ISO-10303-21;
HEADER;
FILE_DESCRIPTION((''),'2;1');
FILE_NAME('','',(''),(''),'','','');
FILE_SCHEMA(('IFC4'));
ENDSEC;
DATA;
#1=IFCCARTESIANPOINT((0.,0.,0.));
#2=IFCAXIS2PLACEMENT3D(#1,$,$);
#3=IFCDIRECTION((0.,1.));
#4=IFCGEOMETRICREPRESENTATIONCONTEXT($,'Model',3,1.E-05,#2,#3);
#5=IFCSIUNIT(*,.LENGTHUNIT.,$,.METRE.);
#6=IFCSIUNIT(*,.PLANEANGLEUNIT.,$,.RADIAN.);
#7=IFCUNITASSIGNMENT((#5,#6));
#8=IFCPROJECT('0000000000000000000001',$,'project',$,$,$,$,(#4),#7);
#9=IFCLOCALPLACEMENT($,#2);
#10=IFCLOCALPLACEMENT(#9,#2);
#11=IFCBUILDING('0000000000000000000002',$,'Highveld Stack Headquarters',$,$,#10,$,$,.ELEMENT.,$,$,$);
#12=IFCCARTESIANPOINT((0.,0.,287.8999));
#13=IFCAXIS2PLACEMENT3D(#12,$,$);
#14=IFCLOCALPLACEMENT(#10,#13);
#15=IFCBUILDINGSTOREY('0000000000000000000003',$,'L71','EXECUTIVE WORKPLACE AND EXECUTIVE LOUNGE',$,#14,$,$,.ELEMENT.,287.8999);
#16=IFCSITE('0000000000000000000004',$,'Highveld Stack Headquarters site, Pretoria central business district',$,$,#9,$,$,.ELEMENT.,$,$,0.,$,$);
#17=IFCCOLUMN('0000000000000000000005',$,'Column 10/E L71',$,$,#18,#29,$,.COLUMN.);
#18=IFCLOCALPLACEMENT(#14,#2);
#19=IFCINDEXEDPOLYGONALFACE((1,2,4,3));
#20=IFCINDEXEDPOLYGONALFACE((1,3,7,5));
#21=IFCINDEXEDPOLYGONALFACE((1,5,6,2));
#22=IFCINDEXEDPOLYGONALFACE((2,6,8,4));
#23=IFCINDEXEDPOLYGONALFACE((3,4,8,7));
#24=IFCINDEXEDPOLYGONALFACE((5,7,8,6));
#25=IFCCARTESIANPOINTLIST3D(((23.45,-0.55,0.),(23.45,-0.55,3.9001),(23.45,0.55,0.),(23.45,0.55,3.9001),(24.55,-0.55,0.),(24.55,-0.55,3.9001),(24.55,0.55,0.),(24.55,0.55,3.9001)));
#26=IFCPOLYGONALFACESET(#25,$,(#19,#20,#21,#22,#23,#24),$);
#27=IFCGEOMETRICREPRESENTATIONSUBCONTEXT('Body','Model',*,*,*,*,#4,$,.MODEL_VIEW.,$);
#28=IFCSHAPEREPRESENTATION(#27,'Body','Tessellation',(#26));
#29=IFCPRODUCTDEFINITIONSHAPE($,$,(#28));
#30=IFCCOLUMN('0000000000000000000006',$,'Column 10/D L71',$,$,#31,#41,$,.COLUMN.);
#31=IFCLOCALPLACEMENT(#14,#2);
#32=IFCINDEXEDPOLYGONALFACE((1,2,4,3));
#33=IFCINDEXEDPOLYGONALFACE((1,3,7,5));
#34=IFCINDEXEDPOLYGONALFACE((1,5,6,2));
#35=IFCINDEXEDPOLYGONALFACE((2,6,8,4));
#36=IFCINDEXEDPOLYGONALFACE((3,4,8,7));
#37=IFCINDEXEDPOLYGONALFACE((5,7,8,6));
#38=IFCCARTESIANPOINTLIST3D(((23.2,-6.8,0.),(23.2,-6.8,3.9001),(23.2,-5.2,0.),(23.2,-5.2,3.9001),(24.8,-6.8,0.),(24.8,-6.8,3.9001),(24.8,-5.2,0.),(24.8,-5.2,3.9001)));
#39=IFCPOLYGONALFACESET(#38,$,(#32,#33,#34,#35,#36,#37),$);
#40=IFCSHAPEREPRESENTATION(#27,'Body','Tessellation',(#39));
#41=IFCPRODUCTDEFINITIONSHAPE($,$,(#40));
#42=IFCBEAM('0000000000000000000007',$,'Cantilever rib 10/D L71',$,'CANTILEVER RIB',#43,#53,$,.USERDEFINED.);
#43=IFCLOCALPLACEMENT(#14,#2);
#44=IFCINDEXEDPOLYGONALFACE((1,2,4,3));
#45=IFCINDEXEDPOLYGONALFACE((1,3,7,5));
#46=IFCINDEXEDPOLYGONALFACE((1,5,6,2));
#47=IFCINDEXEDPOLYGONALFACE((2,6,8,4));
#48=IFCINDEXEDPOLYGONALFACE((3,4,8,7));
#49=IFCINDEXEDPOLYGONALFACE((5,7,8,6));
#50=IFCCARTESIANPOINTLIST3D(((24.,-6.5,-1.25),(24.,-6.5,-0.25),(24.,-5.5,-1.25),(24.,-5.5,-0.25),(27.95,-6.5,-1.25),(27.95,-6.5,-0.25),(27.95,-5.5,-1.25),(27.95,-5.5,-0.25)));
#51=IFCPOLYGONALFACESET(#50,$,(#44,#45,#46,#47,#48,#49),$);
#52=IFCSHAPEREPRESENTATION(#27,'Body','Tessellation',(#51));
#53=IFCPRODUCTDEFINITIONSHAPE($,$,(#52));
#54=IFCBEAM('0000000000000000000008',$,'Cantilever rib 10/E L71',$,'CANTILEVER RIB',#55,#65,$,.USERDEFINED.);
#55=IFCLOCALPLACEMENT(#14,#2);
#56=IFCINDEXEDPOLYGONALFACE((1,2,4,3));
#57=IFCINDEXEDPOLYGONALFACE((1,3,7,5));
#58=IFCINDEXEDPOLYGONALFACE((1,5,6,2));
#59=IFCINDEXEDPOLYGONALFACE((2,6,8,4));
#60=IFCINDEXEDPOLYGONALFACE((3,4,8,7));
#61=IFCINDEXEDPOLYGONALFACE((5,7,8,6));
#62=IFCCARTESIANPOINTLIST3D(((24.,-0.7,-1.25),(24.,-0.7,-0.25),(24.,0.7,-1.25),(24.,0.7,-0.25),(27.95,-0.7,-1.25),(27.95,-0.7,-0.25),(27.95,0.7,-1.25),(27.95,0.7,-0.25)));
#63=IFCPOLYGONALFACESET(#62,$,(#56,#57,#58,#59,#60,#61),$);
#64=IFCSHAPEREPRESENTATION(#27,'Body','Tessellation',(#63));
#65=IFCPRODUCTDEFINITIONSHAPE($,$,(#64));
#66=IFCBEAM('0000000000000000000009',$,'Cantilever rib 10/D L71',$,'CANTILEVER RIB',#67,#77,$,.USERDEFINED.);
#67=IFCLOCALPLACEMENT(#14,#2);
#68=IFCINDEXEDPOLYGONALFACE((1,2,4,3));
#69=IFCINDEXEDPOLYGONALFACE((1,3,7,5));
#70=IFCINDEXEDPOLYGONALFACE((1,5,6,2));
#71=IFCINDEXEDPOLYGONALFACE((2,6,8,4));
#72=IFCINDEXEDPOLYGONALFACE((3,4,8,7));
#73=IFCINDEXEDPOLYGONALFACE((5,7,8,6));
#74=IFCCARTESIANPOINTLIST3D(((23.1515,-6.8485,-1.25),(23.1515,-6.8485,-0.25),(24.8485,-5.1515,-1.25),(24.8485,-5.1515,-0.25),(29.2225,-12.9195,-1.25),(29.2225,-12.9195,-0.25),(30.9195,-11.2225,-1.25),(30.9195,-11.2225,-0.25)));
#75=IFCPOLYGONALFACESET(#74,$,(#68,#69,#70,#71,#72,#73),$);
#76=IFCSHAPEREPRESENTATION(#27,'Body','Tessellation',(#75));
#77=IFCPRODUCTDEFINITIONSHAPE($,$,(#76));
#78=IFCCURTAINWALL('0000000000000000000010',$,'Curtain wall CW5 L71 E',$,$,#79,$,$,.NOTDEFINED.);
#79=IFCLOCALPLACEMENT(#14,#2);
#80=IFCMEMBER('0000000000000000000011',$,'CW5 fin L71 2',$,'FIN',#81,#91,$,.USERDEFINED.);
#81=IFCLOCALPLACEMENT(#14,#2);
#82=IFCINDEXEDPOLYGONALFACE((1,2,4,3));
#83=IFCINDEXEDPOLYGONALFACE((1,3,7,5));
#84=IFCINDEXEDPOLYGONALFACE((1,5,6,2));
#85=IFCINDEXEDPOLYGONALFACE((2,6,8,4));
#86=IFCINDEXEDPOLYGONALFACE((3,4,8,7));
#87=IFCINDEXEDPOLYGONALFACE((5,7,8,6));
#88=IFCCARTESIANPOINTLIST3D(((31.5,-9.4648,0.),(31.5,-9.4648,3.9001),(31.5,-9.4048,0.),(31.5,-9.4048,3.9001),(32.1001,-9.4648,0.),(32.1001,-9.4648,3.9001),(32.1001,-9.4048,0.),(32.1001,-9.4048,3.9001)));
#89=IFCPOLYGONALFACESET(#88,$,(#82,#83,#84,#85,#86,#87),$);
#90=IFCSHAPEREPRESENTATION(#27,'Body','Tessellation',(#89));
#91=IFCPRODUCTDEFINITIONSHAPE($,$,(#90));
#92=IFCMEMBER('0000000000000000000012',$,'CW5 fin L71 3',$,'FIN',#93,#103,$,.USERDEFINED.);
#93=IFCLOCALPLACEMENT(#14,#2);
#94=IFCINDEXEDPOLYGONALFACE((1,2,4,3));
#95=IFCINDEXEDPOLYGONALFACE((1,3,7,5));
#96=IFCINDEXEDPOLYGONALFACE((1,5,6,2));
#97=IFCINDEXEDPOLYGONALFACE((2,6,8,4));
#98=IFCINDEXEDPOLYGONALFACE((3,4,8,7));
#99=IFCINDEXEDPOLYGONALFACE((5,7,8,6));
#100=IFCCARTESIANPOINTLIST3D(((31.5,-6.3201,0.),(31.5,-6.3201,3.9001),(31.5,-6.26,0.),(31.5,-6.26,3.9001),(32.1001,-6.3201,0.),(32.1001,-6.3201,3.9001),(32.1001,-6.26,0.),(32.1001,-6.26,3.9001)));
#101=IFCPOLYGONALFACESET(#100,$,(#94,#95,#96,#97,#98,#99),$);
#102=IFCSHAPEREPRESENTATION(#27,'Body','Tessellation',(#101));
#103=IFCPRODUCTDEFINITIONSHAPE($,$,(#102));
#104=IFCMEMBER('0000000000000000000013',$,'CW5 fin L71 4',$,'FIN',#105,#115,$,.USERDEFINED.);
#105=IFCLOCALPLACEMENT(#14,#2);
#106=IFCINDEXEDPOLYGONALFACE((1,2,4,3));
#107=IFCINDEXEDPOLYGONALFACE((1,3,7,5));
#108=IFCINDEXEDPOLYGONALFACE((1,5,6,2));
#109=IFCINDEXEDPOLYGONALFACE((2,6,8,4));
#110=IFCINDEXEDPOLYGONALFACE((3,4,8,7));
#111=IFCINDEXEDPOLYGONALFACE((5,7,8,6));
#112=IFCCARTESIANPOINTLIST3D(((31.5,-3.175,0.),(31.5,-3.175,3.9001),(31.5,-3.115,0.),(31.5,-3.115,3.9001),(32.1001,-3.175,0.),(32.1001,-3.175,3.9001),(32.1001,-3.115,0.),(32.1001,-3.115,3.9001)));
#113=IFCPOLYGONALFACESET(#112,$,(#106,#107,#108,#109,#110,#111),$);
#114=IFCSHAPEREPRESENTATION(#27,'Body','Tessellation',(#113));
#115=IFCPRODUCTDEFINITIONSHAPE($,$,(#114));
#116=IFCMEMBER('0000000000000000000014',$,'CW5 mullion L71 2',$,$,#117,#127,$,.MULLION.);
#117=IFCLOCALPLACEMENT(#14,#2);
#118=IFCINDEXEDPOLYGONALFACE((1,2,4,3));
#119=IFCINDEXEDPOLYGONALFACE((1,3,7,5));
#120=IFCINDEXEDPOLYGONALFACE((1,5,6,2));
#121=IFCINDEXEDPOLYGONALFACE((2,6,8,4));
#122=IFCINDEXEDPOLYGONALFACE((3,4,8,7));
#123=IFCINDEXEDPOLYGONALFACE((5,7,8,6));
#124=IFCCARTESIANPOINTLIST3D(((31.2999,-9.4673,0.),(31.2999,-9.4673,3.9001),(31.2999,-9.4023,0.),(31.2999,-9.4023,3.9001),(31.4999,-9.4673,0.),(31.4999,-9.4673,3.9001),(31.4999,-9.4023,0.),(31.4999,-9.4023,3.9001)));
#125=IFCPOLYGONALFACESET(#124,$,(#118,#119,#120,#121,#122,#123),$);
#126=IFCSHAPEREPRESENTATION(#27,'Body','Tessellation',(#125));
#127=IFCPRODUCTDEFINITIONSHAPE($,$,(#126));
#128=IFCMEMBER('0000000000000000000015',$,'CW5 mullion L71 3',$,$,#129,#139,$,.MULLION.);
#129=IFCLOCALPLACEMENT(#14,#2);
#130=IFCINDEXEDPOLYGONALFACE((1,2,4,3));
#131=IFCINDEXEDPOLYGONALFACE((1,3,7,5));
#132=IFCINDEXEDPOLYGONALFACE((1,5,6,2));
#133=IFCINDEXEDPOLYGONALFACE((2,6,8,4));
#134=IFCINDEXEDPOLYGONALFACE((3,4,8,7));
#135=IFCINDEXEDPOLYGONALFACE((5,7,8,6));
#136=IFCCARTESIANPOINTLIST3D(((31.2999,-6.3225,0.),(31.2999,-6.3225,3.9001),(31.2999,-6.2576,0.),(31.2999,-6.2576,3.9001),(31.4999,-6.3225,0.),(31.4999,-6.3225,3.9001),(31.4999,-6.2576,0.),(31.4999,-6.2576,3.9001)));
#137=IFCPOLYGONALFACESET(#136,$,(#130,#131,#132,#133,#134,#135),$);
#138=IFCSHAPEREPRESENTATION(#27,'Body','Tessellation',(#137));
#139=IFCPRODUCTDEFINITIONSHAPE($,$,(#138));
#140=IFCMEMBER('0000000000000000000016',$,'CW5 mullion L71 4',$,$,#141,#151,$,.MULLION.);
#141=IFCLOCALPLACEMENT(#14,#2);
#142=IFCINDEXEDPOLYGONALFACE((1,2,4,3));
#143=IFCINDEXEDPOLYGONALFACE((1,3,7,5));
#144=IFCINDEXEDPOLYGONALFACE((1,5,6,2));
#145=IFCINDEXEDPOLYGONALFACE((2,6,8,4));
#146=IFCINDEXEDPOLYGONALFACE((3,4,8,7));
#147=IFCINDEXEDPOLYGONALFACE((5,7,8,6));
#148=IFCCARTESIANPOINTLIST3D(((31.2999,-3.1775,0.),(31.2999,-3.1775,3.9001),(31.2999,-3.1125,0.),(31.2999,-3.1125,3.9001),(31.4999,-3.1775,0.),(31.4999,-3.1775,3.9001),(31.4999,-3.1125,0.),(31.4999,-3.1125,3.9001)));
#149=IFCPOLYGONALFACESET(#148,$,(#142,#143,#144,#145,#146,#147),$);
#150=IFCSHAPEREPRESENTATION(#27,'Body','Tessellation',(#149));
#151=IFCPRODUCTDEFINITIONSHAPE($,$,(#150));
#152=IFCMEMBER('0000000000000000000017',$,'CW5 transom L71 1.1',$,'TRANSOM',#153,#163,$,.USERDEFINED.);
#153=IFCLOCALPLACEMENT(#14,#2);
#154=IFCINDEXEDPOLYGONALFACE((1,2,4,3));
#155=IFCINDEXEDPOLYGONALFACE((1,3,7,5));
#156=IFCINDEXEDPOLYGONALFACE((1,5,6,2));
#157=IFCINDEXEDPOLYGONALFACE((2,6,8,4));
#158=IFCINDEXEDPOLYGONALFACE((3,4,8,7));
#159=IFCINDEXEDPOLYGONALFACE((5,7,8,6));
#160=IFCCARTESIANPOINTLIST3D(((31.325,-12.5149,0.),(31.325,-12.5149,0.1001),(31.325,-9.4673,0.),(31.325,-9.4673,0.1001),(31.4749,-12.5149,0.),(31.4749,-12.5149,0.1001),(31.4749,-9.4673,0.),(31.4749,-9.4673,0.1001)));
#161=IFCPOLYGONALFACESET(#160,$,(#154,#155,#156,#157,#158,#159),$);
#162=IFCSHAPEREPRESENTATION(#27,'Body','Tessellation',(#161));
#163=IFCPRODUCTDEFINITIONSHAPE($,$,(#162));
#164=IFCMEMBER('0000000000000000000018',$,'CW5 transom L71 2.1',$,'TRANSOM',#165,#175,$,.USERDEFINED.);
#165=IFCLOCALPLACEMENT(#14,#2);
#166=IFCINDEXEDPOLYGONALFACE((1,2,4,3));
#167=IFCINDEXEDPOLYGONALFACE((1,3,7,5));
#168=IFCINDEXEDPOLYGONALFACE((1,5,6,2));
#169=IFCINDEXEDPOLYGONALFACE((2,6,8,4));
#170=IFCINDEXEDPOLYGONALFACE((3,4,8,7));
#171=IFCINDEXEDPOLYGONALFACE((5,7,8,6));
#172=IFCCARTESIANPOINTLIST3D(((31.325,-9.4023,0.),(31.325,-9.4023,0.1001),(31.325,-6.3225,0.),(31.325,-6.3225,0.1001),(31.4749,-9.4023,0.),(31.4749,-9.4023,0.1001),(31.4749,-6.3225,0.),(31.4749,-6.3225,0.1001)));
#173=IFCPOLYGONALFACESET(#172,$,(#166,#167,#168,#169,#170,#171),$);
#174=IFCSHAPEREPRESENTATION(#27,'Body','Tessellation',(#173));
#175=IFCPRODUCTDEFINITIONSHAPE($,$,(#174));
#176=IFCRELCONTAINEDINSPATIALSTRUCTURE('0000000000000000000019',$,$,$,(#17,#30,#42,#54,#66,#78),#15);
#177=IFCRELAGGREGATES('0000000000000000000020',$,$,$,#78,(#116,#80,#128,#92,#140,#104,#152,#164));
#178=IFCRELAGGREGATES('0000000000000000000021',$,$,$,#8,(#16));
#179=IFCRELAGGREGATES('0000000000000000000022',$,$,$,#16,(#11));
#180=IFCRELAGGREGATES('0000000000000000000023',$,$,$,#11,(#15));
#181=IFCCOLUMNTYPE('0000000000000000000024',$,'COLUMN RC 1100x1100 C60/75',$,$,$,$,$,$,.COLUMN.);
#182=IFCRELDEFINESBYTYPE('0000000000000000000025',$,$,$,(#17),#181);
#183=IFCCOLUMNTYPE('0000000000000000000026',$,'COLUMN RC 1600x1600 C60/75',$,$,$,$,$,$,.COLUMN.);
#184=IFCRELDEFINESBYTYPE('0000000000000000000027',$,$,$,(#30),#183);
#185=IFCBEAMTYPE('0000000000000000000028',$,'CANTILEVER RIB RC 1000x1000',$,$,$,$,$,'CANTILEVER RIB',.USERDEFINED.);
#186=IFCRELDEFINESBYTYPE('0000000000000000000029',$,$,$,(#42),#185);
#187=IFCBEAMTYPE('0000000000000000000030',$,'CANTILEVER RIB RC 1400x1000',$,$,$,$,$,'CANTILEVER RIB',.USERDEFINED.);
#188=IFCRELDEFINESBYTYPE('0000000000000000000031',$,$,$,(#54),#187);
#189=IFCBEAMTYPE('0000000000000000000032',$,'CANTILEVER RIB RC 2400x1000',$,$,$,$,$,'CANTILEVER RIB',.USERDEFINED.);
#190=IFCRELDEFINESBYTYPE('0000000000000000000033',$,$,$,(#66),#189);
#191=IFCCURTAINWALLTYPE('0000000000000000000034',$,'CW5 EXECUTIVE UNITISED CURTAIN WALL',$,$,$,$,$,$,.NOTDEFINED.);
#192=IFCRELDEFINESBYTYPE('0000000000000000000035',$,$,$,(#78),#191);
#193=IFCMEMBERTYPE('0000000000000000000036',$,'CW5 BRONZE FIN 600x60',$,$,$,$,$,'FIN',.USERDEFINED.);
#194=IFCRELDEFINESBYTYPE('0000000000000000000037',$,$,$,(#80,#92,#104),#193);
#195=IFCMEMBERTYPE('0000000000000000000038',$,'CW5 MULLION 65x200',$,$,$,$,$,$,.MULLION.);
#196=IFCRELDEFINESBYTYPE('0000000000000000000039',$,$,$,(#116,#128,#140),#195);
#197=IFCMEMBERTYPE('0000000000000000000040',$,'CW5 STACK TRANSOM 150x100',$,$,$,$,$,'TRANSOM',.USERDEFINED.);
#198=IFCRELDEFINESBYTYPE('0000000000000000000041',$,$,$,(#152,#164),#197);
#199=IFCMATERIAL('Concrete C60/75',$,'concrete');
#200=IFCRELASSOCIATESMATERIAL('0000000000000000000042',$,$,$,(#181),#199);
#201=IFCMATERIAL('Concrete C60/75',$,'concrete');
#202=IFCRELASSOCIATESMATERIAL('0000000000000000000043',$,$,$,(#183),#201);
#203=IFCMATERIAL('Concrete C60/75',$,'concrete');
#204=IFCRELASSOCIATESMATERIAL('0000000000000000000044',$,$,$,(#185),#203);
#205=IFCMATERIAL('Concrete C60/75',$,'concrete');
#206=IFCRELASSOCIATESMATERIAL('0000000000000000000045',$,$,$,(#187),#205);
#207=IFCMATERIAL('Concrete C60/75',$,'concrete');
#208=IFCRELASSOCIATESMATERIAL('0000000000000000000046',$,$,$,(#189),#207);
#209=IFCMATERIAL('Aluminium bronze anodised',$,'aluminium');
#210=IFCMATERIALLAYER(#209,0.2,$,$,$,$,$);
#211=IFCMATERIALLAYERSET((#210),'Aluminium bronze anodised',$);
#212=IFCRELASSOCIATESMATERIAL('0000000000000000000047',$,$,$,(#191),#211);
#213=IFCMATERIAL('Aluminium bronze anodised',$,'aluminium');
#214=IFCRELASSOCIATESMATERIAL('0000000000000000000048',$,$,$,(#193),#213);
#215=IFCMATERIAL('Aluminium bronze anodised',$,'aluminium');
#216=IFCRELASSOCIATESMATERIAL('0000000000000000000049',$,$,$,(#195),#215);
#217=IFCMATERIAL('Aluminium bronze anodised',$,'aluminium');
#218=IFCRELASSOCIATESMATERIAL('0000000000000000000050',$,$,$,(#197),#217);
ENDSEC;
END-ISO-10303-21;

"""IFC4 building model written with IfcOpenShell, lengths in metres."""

from ifc_helpers import new_model, si_unit, direction, frame, origin, origin_2d, place, context, subcontext, project, spatial, rectangle, extrude, material, layer, layer_set, material_profile, profile_set, type_object, element, aggregate, save


model = new_model("IFC4")

# Units and contexts
model_context = context("Model", 3, precision=1e-05, world=origin(), true_north=direction((0.0, 1.0)))
body_context = subcontext(model_context, "Body", "Model", "MODEL_VIEW")
ifc_project = project(units=[si_unit("LENGTHUNIT", "METRE"), si_unit("PLANEANGLEUNIT", "RADIAN")], contexts=[model_context])

# Site, building, storey
site_placement = place(None, origin())
site = spatial("IfcSite", under=ifc_project, at=site_placement, Name="Highveld Stack Headquarters site, Pretoria central business district", CompositionType="ELEMENT", RefElevation=0.0)
building_placement = place(site_placement, origin())
building = spatial("IfcBuilding", under=site, at=building_placement, Name="Highveld Stack Headquarters", CompositionType="ELEMENT")
storey_placement = place(building_placement, frame((0.0, 0.0, 287.8999)))
storey = spatial("IfcBuildingStorey", under=building, at=storey_placement, Name="L71", Description="EXECUTIVE WORKPLACE AND EXECUTIVE LOUNGE", CompositionType="ELEMENT", Elevation=287.8999)

# Columns
ifc_material_1 = material(Name="Concrete C60/75", Category="concrete")
ifc_material_profile_1 = material_profile(ifc_material_1, rectangle(XDim=1.1001, YDim=1.1001, at=origin_2d()), Name="RC 1100x1100")
ifc_profile_set_1 = profile_set([ifc_material_profile_1], Name="Concrete C60/75")
column_type_1 = type_object("IfcColumnType", Name="COLUMN RC 1100x1100 C60/75", PredefinedType="COLUMN", material=ifc_profile_set_1)
column_1_placement = place(storey_placement, frame((24.0, 0.0, 0.0), z_axis=(0.0, 0.0, 1.0), x_axis=(1.0, 0.0, 0.0)))
element("IfcColumn", 1, at=column_1_placement, inside=storey, type_object=column_type_1, Name="Column 10/E L71", PredefinedType="COLUMN", context=body_context, shape_type="SweptSolid", body=[
    extrude(rectangle(XDim=1.1001, YDim=1.1001, at=origin_2d()), origin(), (0.0, 0.0, 1.0), 3.9001),
])
ifc_material_2 = material(Name="Concrete C60/75", Category="concrete")
ifc_material_profile_2 = material_profile(ifc_material_2, rectangle(XDim=1.6001, YDim=1.6001, at=origin_2d()), Name="RC 1600x1600")
ifc_profile_set_2 = profile_set([ifc_material_profile_2], Name="Concrete C60/75")
column_type_2 = type_object("IfcColumnType", Name="COLUMN RC 1600x1600 C60/75", PredefinedType="COLUMN", material=ifc_profile_set_2)
column_2_placement = place(storey_placement, frame((24.0, -6.0, 0.0), z_axis=(0.0, 0.0, 1.0), x_axis=(1.0, 0.0, 0.0)))
element("IfcColumn", 2, at=column_2_placement, inside=storey, type_object=column_type_2, Name="Column 10/D L71", PredefinedType="COLUMN", context=body_context, shape_type="SweptSolid", body=[
    extrude(rectangle(XDim=1.6001, YDim=1.6001, at=origin_2d()), origin(), (0.0, 0.0, 1.0), 3.9001),
])

# Beams
ifc_material_3 = material(Name="Concrete C60/75", Category="concrete")
ifc_material_profile_3 = material_profile(ifc_material_3, rectangle(XDim=1.0, YDim=1.0, at=origin_2d()), Name="RC 1000x1000")
ifc_profile_set_3 = profile_set([ifc_material_profile_3], Name="Concrete C60/75")
beam_type_1 = type_object("IfcBeamType", Name="CANTILEVER RIB RC 1000x1000", ElementType="CANTILEVER RIB", PredefinedType="USERDEFINED", material=ifc_profile_set_3)
beam_1_placement = place(storey_placement, frame((24.0, -6.0, -0.75), z_axis=(1.0, 0.0, 0.0), x_axis=(0.0, 1.0, 0.0)))
element("IfcBeam", 3, at=beam_1_placement, inside=storey, type_object=beam_type_1, Name="Cantilever rib 10/D L71", ObjectType="CANTILEVER RIB", PredefinedType="USERDEFINED", context=body_context, shape_type="SweptSolid", body=[
    extrude(rectangle(XDim=1.0, YDim=1.0, at=origin_2d()), origin(), (0.0, 0.0, 1.0), 3.95),
])
ifc_material_4 = material(Name="Concrete C60/75", Category="concrete")
ifc_material_profile_4 = material_profile(ifc_material_4, rectangle(XDim=1.3999, YDim=1.0, at=origin_2d()), Name="RC 1400x1000")
ifc_profile_set_4 = profile_set([ifc_material_profile_4], Name="Concrete C60/75")
beam_type_2 = type_object("IfcBeamType", Name="CANTILEVER RIB RC 1400x1000", ElementType="CANTILEVER RIB", PredefinedType="USERDEFINED", material=ifc_profile_set_4)
beam_2_placement = place(storey_placement, frame((24.0, 0.0, -0.75), z_axis=(1.0, 0.0, 0.0), x_axis=(0.0, 1.0, 0.0)))
element("IfcBeam", 4, at=beam_2_placement, inside=storey, type_object=beam_type_2, Name="Cantilever rib 10/E L71", ObjectType="CANTILEVER RIB", PredefinedType="USERDEFINED", context=body_context, shape_type="SweptSolid", body=[
    extrude(rectangle(XDim=1.3999, YDim=1.0, at=origin_2d()), origin(), (0.0, 0.0, 1.0), 3.95),
])
ifc_material_5 = material(Name="Concrete C60/75", Category="concrete")
ifc_material_profile_5 = material_profile(ifc_material_5, rectangle(XDim=2.3999, YDim=1.0, at=origin_2d()), Name="RC 2400x1000")
ifc_profile_set_5 = profile_set([ifc_material_profile_5], Name="Concrete C60/75")
beam_type_3 = type_object("IfcBeamType", Name="CANTILEVER RIB RC 2400x1000", ElementType="CANTILEVER RIB", PredefinedType="USERDEFINED", material=ifc_profile_set_5)
beam_3_placement = place(storey_placement, frame((24.0, -6.0, -0.75), z_axis=(0.707107, -0.707107, 0.0), x_axis=(0.707107, 0.707107, 0.0)))
element("IfcBeam", 5, at=beam_3_placement, inside=storey, type_object=beam_type_3, Name="Cantilever rib 10/D L71", ObjectType="CANTILEVER RIB", PredefinedType="USERDEFINED", context=body_context, shape_type="SweptSolid", body=[
    extrude(rectangle(XDim=2.3999, YDim=1.0, at=origin_2d()), origin(), (0.0, 0.0, 1.0), 8.5857),
])

# Curtain wall, members
ifc_material_6 = material(Name="Aluminium bronze anodised", Category="aluminium")
ifc_layer_1 = layer(ifc_material_6, 0.2)
ifc_layer_set_1 = layer_set([ifc_layer_1], Name="Aluminium bronze anodised")
curtain_wall_type = type_object("IfcCurtainWallType", Name="CW5 EXECUTIVE UNITISED CURTAIN WALL", PredefinedType="NOTDEFINED", material=ifc_layer_set_1)
curtain_wall_placement = place(storey_placement, origin())
curtain_wall = element("IfcCurtainWall", 6, at=curtain_wall_placement, inside=storey, type_object=curtain_wall_type, Name="Curtain wall CW5 L71 E", PredefinedType="NOTDEFINED")
ifc_material_7 = material(Name="Aluminium bronze anodised", Category="aluminium")
ifc_material_profile_6 = material_profile(ifc_material_7, rectangle(XDim=0.6001, YDim=0.0601, at=origin_2d()), Name="FIN 600x60")
ifc_profile_set_6 = profile_set([ifc_material_profile_6], Name="Aluminium bronze anodised")
member_type_1 = type_object("IfcMemberType", Name="CW5 BRONZE FIN 600x60", ElementType="FIN", PredefinedType="USERDEFINED", material=ifc_profile_set_6)
member_1_placement = place(storey_placement, frame((31.8, -9.4348, 0.0), z_axis=(0.0, 0.0, 1.0), x_axis=(-1.0, 0.0, 0.0)))
member_1 = element("IfcMember", 7, at=member_1_placement, type_object=member_type_1, Name="CW5 fin L71 2", ObjectType="FIN", PredefinedType="USERDEFINED", context=body_context, shape_type="SweptSolid", body=[
    extrude(rectangle(XDim=0.6001, YDim=0.0601, at=origin_2d()), origin(), (0.0, 0.0, 1.0), 3.9001),
])
member_2_placement = place(storey_placement, frame((31.8, -6.29, 0.0), z_axis=(0.0, 0.0, 1.0), x_axis=(-1.0, 0.0, 0.0)))
member_2 = element("IfcMember", 8, at=member_2_placement, type_object=member_type_1, Name="CW5 fin L71 3", ObjectType="FIN", PredefinedType="USERDEFINED", context=body_context, shape_type="SweptSolid", body=[
    extrude(rectangle(XDim=0.6001, YDim=0.0601, at=origin_2d()), origin(), (0.0, 0.0, 1.0), 3.9001),
])
member_3_placement = place(storey_placement, frame((31.8, -3.145, 0.0), z_axis=(0.0, 0.0, 1.0), x_axis=(-1.0, 0.0, 0.0)))
member_3 = element("IfcMember", 9, at=member_3_placement, type_object=member_type_1, Name="CW5 fin L71 4", ObjectType="FIN", PredefinedType="USERDEFINED", context=body_context, shape_type="SweptSolid", body=[
    extrude(rectangle(XDim=0.6001, YDim=0.0601, at=origin_2d()), origin(), (0.0, 0.0, 1.0), 3.9001),
])
ifc_material_8 = material(Name="Aluminium bronze anodised", Category="aluminium")
ifc_material_profile_7 = material_profile(ifc_material_8, rectangle(XDim=0.2, YDim=0.0649, at=origin_2d()), Name="CW5 MULLION 65x200")
ifc_profile_set_7 = profile_set([ifc_material_profile_7], Name="Aluminium bronze anodised")
member_type_2 = type_object("IfcMemberType", Name="CW5 MULLION 65x200", PredefinedType="MULLION", material=ifc_profile_set_7)
member_4_placement = place(storey_placement, frame((31.3999, -9.4348, 0.0), z_axis=(0.0, 0.0, 1.0), x_axis=(-1.0, 0.0, 0.0)))
member_4 = element("IfcMember", 10, at=member_4_placement, type_object=member_type_2, Name="CW5 mullion L71 2", PredefinedType="MULLION", context=body_context, shape_type="SweptSolid", body=[
    extrude(rectangle(XDim=0.2, YDim=0.0649, at=origin_2d()), origin(), (0.0, 0.0, 1.0), 3.9001),
])
member_5_placement = place(storey_placement, frame((31.3999, -6.29, 0.0), z_axis=(0.0, 0.0, 1.0), x_axis=(-1.0, 0.0, 0.0)))
member_5 = element("IfcMember", 11, at=member_5_placement, type_object=member_type_2, Name="CW5 mullion L71 3", PredefinedType="MULLION", context=body_context, shape_type="SweptSolid", body=[
    extrude(rectangle(XDim=0.2, YDim=0.0649, at=origin_2d()), origin(), (0.0, 0.0, 1.0), 3.9001),
])
member_6_placement = place(storey_placement, frame((31.3999, -3.145, 0.0), z_axis=(0.0, 0.0, 1.0), x_axis=(-1.0, 0.0, 0.0)))
member_6 = element("IfcMember", 12, at=member_6_placement, type_object=member_type_2, Name="CW5 mullion L71 4", PredefinedType="MULLION", context=body_context, shape_type="SweptSolid", body=[
    extrude(rectangle(XDim=0.2, YDim=0.0649, at=origin_2d()), origin(), (0.0, 0.0, 1.0), 3.9001),
])
ifc_material_9 = material(Name="Aluminium bronze anodised", Category="aluminium")
ifc_material_profile_8 = material_profile(ifc_material_9, rectangle(XDim=0.1499, YDim=0.1001, at=origin_2d()), Name="CW5 TRANSOM 150x100")
ifc_profile_set_8 = profile_set([ifc_material_profile_8], Name="Aluminium bronze anodised")
member_type_3 = type_object("IfcMemberType", Name="CW5 STACK TRANSOM 150x100", ElementType="TRANSOM", PredefinedType="USERDEFINED", material=ifc_profile_set_8)
member_7_placement = place(storey_placement, frame((31.3999, -12.5149, 0.05), z_axis=(0.0, 1.0, 0.0), x_axis=(-1.0, 0.0, 0.0)))
member_7 = element("IfcMember", 13, at=member_7_placement, type_object=member_type_3, Name="CW5 transom L71 1.1", ObjectType="TRANSOM", PredefinedType="USERDEFINED", context=body_context, shape_type="SweptSolid", body=[
    extrude(rectangle(XDim=0.1499, YDim=0.1001, at=origin_2d()), origin(), (0.0, 0.0, 1.0), 3.0476),
])
member_8_placement = place(storey_placement, frame((31.3999, -9.4023, 0.05), z_axis=(0.0, 1.0, 0.0), x_axis=(-1.0, 0.0, 0.0)))
member_8 = element("IfcMember", 14, at=member_8_placement, type_object=member_type_3, Name="CW5 transom L71 2.1", ObjectType="TRANSOM", PredefinedType="USERDEFINED", context=body_context, shape_type="SweptSolid", body=[
    extrude(rectangle(XDim=0.1499, YDim=0.1001, at=origin_2d()), origin(), (0.0, 0.0, 1.0), 3.0798),
])

aggregate(curtain_wall, [member_4, member_1, member_5, member_2, member_6, member_3, member_7, member_8])

save(model, "model.ifc")
